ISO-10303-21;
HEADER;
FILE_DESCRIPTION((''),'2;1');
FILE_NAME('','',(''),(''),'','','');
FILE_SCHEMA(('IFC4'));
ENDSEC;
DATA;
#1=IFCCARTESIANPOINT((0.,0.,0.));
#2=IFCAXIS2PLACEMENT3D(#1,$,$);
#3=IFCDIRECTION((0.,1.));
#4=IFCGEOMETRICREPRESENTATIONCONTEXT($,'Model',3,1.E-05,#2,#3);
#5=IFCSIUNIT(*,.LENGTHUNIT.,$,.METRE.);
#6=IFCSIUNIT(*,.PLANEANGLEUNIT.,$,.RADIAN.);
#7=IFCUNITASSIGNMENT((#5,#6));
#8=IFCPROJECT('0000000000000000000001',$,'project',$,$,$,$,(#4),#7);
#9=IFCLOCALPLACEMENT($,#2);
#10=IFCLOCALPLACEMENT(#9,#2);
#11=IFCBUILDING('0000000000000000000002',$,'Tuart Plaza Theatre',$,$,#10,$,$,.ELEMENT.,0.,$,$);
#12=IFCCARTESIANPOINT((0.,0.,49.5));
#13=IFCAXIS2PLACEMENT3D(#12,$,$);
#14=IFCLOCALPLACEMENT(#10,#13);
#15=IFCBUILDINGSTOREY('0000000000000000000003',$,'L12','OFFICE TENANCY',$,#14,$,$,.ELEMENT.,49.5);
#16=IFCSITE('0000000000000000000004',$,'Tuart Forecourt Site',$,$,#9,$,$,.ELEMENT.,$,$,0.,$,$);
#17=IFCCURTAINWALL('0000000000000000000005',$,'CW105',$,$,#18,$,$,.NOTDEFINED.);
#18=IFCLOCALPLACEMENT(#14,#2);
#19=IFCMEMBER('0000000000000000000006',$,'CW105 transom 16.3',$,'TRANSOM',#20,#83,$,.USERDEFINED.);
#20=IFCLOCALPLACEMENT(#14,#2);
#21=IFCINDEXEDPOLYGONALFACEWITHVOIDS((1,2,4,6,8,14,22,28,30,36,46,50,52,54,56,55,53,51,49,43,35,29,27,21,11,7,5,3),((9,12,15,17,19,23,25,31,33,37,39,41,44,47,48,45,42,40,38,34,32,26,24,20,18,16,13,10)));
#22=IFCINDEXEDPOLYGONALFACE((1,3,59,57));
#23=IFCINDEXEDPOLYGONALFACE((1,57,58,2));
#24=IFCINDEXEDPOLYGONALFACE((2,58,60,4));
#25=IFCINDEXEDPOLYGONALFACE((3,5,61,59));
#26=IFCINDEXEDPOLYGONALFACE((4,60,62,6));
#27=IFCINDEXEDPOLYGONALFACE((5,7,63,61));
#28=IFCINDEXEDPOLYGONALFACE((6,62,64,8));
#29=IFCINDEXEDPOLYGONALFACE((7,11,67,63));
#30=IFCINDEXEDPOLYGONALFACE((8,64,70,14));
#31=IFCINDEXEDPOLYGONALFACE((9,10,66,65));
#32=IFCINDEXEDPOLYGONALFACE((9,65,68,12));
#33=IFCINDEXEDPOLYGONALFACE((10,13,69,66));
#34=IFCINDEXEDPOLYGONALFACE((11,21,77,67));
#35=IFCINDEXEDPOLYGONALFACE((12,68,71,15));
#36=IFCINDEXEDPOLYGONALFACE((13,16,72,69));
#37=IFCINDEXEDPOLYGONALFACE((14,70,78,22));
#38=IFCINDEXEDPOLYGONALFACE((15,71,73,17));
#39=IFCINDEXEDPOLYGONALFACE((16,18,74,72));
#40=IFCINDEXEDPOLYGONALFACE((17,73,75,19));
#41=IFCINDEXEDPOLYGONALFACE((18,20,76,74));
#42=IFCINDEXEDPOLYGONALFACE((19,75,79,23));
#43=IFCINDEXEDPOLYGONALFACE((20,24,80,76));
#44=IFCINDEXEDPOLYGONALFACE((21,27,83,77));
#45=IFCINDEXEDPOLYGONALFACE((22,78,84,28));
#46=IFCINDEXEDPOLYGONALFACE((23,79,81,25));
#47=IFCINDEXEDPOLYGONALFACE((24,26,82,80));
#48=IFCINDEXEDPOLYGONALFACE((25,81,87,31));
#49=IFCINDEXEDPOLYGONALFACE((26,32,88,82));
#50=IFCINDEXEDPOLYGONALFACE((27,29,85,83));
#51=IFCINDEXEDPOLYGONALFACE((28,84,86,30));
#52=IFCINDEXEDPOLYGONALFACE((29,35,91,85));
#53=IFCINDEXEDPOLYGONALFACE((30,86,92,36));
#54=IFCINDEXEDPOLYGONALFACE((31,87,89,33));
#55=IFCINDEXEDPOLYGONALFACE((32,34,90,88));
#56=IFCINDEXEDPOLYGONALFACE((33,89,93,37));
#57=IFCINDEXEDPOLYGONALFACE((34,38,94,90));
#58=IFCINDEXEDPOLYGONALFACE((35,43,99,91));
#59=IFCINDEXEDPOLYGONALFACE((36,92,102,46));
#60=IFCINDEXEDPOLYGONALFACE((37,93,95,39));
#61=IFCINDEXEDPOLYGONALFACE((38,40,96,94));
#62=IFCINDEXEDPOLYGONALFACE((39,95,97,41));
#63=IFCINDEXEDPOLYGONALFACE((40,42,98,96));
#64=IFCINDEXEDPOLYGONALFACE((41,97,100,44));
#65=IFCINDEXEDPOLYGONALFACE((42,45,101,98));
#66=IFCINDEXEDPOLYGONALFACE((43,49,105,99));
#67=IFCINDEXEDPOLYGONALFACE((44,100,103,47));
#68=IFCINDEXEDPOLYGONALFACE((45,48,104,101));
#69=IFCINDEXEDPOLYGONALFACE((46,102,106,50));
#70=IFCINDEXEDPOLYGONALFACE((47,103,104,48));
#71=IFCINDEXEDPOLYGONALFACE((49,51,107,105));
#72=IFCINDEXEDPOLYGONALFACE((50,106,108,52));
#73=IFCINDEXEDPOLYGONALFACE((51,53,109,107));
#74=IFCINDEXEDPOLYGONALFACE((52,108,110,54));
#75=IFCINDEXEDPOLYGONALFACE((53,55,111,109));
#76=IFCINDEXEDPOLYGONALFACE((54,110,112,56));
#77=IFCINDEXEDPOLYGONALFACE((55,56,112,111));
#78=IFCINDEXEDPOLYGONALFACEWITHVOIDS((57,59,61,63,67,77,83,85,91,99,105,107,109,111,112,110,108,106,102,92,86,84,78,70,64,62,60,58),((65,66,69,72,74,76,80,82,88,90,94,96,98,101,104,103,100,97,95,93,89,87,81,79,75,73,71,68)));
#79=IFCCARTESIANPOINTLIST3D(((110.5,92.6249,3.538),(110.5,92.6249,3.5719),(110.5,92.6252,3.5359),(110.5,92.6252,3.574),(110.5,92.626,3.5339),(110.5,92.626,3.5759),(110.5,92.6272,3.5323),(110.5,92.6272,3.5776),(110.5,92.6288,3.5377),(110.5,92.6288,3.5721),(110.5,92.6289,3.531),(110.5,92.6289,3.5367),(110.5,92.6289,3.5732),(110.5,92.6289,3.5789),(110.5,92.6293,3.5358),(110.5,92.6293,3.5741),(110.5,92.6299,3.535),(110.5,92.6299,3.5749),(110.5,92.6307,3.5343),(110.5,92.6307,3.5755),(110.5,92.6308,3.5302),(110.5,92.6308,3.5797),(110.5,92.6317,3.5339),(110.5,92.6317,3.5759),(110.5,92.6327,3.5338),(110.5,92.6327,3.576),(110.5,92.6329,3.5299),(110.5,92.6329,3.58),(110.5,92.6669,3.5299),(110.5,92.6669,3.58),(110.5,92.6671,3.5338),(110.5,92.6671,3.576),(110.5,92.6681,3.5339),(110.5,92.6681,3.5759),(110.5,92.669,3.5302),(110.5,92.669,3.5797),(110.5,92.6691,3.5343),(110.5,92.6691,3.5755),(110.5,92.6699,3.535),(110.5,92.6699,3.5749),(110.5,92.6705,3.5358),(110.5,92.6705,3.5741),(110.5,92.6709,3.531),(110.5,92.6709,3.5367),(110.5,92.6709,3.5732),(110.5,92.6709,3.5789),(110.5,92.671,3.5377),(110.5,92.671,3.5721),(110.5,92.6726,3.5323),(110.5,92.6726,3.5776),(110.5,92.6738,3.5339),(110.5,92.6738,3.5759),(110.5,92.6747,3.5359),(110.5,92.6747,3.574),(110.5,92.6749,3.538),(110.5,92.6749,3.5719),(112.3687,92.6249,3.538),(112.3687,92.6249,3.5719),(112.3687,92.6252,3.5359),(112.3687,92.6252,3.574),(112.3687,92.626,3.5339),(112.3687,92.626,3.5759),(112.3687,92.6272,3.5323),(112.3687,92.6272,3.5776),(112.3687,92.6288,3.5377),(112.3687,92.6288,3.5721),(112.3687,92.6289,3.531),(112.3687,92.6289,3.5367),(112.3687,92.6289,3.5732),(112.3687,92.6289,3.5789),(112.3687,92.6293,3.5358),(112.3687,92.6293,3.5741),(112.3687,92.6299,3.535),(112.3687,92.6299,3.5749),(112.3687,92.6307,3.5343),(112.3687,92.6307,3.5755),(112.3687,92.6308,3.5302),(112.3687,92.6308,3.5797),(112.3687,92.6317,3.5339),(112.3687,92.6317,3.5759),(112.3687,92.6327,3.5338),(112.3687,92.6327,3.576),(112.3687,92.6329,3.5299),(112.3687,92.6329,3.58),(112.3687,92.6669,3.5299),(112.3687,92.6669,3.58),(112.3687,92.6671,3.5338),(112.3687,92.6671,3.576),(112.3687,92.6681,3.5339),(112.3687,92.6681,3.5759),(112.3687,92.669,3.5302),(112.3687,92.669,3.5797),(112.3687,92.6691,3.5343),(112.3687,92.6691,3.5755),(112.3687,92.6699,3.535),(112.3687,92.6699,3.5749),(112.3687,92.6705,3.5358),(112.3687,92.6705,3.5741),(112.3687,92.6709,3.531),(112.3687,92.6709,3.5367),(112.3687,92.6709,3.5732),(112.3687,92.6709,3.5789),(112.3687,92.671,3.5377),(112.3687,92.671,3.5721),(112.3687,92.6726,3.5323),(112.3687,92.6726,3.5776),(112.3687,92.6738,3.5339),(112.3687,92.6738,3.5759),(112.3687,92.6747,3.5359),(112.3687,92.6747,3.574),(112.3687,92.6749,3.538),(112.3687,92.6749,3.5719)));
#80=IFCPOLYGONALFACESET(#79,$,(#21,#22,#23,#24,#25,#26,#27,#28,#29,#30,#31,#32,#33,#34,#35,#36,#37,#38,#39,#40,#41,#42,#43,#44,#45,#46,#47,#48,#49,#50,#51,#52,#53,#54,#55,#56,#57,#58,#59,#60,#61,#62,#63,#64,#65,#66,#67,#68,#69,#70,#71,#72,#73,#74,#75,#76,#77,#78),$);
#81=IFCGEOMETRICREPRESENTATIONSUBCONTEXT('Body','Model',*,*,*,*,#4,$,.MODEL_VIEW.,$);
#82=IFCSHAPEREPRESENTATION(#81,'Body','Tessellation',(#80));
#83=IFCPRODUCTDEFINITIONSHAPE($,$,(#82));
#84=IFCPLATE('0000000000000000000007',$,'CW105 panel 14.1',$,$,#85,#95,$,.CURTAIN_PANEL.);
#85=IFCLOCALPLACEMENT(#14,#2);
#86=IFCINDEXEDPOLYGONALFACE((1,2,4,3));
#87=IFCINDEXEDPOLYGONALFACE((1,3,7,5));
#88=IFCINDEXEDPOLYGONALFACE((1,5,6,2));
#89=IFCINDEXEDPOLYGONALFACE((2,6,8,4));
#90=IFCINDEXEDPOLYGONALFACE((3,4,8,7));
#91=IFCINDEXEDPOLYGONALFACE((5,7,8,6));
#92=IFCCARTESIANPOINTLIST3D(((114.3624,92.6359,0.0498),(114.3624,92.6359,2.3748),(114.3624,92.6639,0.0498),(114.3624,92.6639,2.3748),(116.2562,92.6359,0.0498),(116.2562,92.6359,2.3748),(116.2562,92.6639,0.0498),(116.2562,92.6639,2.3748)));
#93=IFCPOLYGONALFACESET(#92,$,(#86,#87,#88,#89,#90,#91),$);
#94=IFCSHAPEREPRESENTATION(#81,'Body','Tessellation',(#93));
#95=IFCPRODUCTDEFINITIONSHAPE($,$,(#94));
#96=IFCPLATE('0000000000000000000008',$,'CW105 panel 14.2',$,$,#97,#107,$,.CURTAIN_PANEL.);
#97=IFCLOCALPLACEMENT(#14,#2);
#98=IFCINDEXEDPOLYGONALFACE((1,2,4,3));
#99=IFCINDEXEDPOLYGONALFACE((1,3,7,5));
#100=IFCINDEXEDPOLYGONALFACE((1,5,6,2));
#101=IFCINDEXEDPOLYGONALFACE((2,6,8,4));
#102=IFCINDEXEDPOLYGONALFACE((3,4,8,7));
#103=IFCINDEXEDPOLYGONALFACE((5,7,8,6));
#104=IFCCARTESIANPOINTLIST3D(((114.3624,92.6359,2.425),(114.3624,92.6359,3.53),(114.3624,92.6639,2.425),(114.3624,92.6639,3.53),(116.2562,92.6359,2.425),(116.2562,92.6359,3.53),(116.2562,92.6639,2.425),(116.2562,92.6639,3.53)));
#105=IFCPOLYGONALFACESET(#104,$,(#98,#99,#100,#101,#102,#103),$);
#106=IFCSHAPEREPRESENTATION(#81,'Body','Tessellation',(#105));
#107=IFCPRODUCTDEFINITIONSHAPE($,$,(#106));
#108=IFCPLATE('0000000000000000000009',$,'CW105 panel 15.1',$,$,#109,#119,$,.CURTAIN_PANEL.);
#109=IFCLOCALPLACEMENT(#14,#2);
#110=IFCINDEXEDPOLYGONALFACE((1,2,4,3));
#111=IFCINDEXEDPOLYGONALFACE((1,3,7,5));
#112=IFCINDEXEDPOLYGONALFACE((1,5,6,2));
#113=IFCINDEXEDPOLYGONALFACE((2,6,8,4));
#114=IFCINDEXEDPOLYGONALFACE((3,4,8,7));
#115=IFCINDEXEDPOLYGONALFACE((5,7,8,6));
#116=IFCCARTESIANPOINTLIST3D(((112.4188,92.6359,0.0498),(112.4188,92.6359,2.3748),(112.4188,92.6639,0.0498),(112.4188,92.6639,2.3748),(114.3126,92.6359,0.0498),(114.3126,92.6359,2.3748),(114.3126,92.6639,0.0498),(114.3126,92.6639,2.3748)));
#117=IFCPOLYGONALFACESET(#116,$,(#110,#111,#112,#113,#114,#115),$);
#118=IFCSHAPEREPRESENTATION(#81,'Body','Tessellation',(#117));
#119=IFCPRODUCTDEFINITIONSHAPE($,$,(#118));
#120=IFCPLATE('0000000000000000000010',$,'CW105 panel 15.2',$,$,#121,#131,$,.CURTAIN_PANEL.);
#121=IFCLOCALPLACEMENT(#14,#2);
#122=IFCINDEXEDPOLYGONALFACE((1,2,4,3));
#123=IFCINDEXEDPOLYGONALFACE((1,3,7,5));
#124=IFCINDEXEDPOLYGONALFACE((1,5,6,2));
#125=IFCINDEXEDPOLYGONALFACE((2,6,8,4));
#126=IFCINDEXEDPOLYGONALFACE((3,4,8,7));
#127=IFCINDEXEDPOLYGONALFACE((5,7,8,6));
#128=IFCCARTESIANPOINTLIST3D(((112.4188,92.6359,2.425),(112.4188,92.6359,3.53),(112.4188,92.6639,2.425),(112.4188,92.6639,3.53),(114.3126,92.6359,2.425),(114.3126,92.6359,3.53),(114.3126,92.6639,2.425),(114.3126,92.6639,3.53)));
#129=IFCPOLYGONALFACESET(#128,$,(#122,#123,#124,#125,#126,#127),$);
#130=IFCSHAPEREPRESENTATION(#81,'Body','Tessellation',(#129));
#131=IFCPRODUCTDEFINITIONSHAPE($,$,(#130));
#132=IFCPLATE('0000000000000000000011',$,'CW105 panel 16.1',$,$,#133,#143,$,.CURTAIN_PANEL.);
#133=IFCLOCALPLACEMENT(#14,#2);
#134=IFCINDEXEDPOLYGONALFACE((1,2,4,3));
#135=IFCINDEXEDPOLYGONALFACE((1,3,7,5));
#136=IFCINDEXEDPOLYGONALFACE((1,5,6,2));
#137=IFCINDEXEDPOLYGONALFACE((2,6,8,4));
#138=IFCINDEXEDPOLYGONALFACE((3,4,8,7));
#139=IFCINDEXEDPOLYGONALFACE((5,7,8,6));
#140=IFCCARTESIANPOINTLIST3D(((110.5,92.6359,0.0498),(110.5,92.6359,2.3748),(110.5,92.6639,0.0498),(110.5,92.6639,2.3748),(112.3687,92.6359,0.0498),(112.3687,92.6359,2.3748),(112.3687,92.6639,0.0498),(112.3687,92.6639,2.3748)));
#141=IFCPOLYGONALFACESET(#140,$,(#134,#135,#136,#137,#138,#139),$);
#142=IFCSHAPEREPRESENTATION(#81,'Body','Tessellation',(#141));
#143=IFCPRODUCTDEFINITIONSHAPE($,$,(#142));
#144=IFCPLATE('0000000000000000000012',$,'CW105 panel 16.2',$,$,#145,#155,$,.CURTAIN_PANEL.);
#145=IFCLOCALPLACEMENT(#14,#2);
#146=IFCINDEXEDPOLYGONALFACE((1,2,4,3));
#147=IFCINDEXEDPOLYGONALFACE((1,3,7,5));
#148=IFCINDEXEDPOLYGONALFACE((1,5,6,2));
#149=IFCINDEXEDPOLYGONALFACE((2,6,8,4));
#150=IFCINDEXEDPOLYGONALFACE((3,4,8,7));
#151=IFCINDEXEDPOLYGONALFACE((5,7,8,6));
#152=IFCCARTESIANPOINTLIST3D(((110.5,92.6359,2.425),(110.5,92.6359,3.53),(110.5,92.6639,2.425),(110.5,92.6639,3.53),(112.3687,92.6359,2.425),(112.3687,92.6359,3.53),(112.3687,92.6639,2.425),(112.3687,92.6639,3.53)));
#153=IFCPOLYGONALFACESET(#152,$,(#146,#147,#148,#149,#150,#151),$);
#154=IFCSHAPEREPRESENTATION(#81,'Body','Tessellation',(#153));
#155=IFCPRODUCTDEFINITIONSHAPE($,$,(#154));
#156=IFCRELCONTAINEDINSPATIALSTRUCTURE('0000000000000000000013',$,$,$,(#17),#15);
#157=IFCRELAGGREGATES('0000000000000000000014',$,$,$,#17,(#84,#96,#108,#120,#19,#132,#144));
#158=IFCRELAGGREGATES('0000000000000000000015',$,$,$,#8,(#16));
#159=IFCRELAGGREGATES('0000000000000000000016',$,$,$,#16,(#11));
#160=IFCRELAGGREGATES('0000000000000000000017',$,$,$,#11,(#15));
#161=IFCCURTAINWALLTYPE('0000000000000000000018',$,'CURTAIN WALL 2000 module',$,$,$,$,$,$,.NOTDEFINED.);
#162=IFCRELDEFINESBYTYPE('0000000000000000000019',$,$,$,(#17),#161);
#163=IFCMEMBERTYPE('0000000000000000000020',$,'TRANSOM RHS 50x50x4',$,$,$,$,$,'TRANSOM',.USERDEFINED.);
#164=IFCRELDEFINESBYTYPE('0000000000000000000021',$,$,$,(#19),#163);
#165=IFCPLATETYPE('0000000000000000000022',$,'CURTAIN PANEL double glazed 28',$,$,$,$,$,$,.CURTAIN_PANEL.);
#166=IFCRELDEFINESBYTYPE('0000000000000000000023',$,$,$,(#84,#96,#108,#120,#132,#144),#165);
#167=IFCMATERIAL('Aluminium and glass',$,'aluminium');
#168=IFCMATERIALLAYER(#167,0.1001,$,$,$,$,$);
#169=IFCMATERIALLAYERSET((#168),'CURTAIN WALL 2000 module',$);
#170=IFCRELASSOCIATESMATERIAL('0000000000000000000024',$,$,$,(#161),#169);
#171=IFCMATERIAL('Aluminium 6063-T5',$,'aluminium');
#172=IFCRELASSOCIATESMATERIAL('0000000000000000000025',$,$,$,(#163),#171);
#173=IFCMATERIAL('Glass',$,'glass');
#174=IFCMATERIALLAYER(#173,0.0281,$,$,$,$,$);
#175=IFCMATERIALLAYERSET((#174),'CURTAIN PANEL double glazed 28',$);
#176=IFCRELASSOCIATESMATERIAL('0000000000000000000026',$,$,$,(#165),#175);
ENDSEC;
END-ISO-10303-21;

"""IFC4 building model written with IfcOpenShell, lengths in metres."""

from ifc_helpers import new_model, si_unit, direction, frame, origin, origin_2d, place, context, subcontext, project, spatial, rectangle, hollow_rectangle, extrude, material, layer, layer_set, material_profile, profile_set, type_object, element, aggregate, save


model = new_model("IFC4")

# Units and contexts
model_context = context("Model", 3, precision=1e-05, world=origin(), true_north=direction((0.0, 1.0)))
body_context = subcontext(model_context, "Body", "Model", "MODEL_VIEW")
ifc_project = project(units=[si_unit("LENGTHUNIT", "METRE"), si_unit("PLANEANGLEUNIT", "RADIAN")], contexts=[model_context])

# Site, building, storey
site_placement = place(None, origin())
site = spatial("IfcSite", under=ifc_project, at=site_placement, Name="Tuart Forecourt Site", CompositionType="ELEMENT", RefElevation=0.0)
building_placement = place(site_placement, origin())
building = spatial("IfcBuilding", under=site, at=building_placement, Name="Tuart Plaza Theatre", CompositionType="ELEMENT", ElevationOfRefHeight=0.0)
storey_placement = place(building_placement, frame((0.0, 0.0, 49.5)))
storey = spatial("IfcBuildingStorey", under=building, at=storey_placement, Name="L12", Description="OFFICE TENANCY", CompositionType="ELEMENT", Elevation=49.5)

# Curtain wall, member, plates
ifc_material_1 = material(Name="Aluminium and glass", Category="aluminium")
ifc_layer_1 = layer(ifc_material_1, 0.1001)
ifc_layer_set_1 = layer_set([ifc_layer_1], Name="CURTAIN WALL 2000 module")
curtain_wall_type = type_object("IfcCurtainWallType", Name="CURTAIN WALL 2000 module", PredefinedType="NOTDEFINED", material=ifc_layer_set_1)
curtain_wall_placement = place(storey_placement, origin())
curtain_wall = element("IfcCurtainWall", 1, at=curtain_wall_placement, inside=storey, type_object=curtain_wall_type, Name="CW105", PredefinedType="NOTDEFINED")
ifc_material_2 = material(Name="Aluminium 6063-T5", Category="aluminium")
ifc_material_profile_1 = material_profile(ifc_material_2, hollow_rectangle(XDim=0.05, YDim=0.05, WallThickness=0.0039, InnerFilletRadius=0.0039, OuterFilletRadius=0.0081, at=origin_2d()), Name="RHS 50x50x4")
ifc_profile_set_1 = profile_set([ifc_material_profile_1], Name="Aluminium 6063-T5")
member_type_1 = type_object("IfcMemberType", Name="TRANSOM RHS 50x50x4", ElementType="TRANSOM", PredefinedType="USERDEFINED", material=ifc_profile_set_1)
member_1_placement = place(storey_placement, frame((112.3687, 92.6499, 3.5549), z_axis=(-1.0, 0.0, 0.0), x_axis=(0.0, -1.0, 0.0)))
member_1 = element("IfcMember", 2, at=member_1_placement, type_object=member_type_1, Name="CW105 transom 16.3", ObjectType="TRANSOM", PredefinedType="USERDEFINED", context=body_context, shape_type="SweptSolid", body=[
    extrude(hollow_rectangle(XDim=0.05, YDim=0.05, WallThickness=0.0039, InnerFilletRadius=0.0039, OuterFilletRadius=0.0081, at=origin_2d()), origin(), (0.0, 0.0, 1.0), 1.8687),
])
ifc_material_3 = material(Name="Glass", Category="glass")
ifc_layer_2 = layer(ifc_material_3, 0.0281)
ifc_layer_set_2 = layer_set([ifc_layer_2], Name="CURTAIN PANEL double glazed 28")
plate_type = type_object("IfcPlateType", Name="CURTAIN PANEL double glazed 28", PredefinedType="CURTAIN_PANEL", material=ifc_layer_set_2)
plate_1_placement = place(storey_placement, frame((115.3093, 92.6499, 0.0498), z_axis=(0.0, 0.0, 1.0), x_axis=(-1.0, 0.0, 0.0)))
plate_1 = element("IfcPlate", 3, at=plate_1_placement, type_object=plate_type, Name="CW105 panel 14.1", PredefinedType="CURTAIN_PANEL", context=body_context, shape_type="SweptSolid", body=[
    extrude(rectangle(XDim=1.8938, YDim=0.0281, at=origin_2d()), origin(), (0.0, 0.0, 1.0), 2.325),
])
plate_2_placement = place(storey_placement, frame((115.3093, 92.6499, 2.425), z_axis=(0.0, 0.0, 1.0), x_axis=(-1.0, 0.0, 0.0)))
plate_2 = element("IfcPlate", 4, at=plate_2_placement, type_object=plate_type, Name="CW105 panel 14.2", PredefinedType="CURTAIN_PANEL", context=body_context, shape_type="SweptSolid", body=[
    extrude(rectangle(XDim=1.8938, YDim=0.0281, at=origin_2d()), origin(), (0.0, 0.0, 1.0), 1.105),
])
plate_3_placement = place(storey_placement, frame((113.3657, 92.6499, 0.0498), z_axis=(0.0, 0.0, 1.0), x_axis=(-1.0, 0.0, 0.0)))
plate_3 = element("IfcPlate", 5, at=plate_3_placement, type_object=plate_type, Name="CW105 panel 15.1", PredefinedType="CURTAIN_PANEL", context=body_context, shape_type="SweptSolid", body=[
    extrude(rectangle(XDim=1.8938, YDim=0.0281, at=origin_2d()), origin(), (0.0, 0.0, 1.0), 2.325),
])
plate_4_placement = place(storey_placement, frame((113.3657, 92.6499, 2.425), z_axis=(0.0, 0.0, 1.0), x_axis=(-1.0, 0.0, 0.0)))
plate_4 = element("IfcPlate", 6, at=plate_4_placement, type_object=plate_type, Name="CW105 panel 15.2", PredefinedType="CURTAIN_PANEL", context=body_context, shape_type="SweptSolid", body=[
    extrude(rectangle(XDim=1.8938, YDim=0.0281, at=origin_2d()), origin(), (0.0, 0.0, 1.0), 1.105),
])
plate_5_placement = place(storey_placement, frame((111.4343, 92.6499, 0.0498), z_axis=(0.0, 0.0, 1.0), x_axis=(-1.0, 0.0, 0.0)))
plate_5 = element("IfcPlate", 7, at=plate_5_placement, type_object=plate_type, Name="CW105 panel 16.1", PredefinedType="CURTAIN_PANEL", context=body_context, shape_type="SweptSolid", body=[
    extrude(rectangle(XDim=1.8687, YDim=0.0281, at=origin_2d()), origin(), (0.0, 0.0, 1.0), 2.325),
])
plate_6_placement = place(storey_placement, frame((111.4343, 92.6499, 2.425), z_axis=(0.0, 0.0, 1.0), x_axis=(-1.0, 0.0, 0.0)))
plate_6 = element("IfcPlate", 8, at=plate_6_placement, type_object=plate_type, Name="CW105 panel 16.2", PredefinedType="CURTAIN_PANEL", context=body_context, shape_type="SweptSolid", body=[
    extrude(rectangle(XDim=1.8687, YDim=0.0281, at=origin_2d()), origin(), (0.0, 0.0, 1.0), 1.105),
])
aggregate(curtain_wall, [plate_1, plate_2, plate_3, plate_4, member_1, plate_5, plate_6])

save(model, "model.ifc")
